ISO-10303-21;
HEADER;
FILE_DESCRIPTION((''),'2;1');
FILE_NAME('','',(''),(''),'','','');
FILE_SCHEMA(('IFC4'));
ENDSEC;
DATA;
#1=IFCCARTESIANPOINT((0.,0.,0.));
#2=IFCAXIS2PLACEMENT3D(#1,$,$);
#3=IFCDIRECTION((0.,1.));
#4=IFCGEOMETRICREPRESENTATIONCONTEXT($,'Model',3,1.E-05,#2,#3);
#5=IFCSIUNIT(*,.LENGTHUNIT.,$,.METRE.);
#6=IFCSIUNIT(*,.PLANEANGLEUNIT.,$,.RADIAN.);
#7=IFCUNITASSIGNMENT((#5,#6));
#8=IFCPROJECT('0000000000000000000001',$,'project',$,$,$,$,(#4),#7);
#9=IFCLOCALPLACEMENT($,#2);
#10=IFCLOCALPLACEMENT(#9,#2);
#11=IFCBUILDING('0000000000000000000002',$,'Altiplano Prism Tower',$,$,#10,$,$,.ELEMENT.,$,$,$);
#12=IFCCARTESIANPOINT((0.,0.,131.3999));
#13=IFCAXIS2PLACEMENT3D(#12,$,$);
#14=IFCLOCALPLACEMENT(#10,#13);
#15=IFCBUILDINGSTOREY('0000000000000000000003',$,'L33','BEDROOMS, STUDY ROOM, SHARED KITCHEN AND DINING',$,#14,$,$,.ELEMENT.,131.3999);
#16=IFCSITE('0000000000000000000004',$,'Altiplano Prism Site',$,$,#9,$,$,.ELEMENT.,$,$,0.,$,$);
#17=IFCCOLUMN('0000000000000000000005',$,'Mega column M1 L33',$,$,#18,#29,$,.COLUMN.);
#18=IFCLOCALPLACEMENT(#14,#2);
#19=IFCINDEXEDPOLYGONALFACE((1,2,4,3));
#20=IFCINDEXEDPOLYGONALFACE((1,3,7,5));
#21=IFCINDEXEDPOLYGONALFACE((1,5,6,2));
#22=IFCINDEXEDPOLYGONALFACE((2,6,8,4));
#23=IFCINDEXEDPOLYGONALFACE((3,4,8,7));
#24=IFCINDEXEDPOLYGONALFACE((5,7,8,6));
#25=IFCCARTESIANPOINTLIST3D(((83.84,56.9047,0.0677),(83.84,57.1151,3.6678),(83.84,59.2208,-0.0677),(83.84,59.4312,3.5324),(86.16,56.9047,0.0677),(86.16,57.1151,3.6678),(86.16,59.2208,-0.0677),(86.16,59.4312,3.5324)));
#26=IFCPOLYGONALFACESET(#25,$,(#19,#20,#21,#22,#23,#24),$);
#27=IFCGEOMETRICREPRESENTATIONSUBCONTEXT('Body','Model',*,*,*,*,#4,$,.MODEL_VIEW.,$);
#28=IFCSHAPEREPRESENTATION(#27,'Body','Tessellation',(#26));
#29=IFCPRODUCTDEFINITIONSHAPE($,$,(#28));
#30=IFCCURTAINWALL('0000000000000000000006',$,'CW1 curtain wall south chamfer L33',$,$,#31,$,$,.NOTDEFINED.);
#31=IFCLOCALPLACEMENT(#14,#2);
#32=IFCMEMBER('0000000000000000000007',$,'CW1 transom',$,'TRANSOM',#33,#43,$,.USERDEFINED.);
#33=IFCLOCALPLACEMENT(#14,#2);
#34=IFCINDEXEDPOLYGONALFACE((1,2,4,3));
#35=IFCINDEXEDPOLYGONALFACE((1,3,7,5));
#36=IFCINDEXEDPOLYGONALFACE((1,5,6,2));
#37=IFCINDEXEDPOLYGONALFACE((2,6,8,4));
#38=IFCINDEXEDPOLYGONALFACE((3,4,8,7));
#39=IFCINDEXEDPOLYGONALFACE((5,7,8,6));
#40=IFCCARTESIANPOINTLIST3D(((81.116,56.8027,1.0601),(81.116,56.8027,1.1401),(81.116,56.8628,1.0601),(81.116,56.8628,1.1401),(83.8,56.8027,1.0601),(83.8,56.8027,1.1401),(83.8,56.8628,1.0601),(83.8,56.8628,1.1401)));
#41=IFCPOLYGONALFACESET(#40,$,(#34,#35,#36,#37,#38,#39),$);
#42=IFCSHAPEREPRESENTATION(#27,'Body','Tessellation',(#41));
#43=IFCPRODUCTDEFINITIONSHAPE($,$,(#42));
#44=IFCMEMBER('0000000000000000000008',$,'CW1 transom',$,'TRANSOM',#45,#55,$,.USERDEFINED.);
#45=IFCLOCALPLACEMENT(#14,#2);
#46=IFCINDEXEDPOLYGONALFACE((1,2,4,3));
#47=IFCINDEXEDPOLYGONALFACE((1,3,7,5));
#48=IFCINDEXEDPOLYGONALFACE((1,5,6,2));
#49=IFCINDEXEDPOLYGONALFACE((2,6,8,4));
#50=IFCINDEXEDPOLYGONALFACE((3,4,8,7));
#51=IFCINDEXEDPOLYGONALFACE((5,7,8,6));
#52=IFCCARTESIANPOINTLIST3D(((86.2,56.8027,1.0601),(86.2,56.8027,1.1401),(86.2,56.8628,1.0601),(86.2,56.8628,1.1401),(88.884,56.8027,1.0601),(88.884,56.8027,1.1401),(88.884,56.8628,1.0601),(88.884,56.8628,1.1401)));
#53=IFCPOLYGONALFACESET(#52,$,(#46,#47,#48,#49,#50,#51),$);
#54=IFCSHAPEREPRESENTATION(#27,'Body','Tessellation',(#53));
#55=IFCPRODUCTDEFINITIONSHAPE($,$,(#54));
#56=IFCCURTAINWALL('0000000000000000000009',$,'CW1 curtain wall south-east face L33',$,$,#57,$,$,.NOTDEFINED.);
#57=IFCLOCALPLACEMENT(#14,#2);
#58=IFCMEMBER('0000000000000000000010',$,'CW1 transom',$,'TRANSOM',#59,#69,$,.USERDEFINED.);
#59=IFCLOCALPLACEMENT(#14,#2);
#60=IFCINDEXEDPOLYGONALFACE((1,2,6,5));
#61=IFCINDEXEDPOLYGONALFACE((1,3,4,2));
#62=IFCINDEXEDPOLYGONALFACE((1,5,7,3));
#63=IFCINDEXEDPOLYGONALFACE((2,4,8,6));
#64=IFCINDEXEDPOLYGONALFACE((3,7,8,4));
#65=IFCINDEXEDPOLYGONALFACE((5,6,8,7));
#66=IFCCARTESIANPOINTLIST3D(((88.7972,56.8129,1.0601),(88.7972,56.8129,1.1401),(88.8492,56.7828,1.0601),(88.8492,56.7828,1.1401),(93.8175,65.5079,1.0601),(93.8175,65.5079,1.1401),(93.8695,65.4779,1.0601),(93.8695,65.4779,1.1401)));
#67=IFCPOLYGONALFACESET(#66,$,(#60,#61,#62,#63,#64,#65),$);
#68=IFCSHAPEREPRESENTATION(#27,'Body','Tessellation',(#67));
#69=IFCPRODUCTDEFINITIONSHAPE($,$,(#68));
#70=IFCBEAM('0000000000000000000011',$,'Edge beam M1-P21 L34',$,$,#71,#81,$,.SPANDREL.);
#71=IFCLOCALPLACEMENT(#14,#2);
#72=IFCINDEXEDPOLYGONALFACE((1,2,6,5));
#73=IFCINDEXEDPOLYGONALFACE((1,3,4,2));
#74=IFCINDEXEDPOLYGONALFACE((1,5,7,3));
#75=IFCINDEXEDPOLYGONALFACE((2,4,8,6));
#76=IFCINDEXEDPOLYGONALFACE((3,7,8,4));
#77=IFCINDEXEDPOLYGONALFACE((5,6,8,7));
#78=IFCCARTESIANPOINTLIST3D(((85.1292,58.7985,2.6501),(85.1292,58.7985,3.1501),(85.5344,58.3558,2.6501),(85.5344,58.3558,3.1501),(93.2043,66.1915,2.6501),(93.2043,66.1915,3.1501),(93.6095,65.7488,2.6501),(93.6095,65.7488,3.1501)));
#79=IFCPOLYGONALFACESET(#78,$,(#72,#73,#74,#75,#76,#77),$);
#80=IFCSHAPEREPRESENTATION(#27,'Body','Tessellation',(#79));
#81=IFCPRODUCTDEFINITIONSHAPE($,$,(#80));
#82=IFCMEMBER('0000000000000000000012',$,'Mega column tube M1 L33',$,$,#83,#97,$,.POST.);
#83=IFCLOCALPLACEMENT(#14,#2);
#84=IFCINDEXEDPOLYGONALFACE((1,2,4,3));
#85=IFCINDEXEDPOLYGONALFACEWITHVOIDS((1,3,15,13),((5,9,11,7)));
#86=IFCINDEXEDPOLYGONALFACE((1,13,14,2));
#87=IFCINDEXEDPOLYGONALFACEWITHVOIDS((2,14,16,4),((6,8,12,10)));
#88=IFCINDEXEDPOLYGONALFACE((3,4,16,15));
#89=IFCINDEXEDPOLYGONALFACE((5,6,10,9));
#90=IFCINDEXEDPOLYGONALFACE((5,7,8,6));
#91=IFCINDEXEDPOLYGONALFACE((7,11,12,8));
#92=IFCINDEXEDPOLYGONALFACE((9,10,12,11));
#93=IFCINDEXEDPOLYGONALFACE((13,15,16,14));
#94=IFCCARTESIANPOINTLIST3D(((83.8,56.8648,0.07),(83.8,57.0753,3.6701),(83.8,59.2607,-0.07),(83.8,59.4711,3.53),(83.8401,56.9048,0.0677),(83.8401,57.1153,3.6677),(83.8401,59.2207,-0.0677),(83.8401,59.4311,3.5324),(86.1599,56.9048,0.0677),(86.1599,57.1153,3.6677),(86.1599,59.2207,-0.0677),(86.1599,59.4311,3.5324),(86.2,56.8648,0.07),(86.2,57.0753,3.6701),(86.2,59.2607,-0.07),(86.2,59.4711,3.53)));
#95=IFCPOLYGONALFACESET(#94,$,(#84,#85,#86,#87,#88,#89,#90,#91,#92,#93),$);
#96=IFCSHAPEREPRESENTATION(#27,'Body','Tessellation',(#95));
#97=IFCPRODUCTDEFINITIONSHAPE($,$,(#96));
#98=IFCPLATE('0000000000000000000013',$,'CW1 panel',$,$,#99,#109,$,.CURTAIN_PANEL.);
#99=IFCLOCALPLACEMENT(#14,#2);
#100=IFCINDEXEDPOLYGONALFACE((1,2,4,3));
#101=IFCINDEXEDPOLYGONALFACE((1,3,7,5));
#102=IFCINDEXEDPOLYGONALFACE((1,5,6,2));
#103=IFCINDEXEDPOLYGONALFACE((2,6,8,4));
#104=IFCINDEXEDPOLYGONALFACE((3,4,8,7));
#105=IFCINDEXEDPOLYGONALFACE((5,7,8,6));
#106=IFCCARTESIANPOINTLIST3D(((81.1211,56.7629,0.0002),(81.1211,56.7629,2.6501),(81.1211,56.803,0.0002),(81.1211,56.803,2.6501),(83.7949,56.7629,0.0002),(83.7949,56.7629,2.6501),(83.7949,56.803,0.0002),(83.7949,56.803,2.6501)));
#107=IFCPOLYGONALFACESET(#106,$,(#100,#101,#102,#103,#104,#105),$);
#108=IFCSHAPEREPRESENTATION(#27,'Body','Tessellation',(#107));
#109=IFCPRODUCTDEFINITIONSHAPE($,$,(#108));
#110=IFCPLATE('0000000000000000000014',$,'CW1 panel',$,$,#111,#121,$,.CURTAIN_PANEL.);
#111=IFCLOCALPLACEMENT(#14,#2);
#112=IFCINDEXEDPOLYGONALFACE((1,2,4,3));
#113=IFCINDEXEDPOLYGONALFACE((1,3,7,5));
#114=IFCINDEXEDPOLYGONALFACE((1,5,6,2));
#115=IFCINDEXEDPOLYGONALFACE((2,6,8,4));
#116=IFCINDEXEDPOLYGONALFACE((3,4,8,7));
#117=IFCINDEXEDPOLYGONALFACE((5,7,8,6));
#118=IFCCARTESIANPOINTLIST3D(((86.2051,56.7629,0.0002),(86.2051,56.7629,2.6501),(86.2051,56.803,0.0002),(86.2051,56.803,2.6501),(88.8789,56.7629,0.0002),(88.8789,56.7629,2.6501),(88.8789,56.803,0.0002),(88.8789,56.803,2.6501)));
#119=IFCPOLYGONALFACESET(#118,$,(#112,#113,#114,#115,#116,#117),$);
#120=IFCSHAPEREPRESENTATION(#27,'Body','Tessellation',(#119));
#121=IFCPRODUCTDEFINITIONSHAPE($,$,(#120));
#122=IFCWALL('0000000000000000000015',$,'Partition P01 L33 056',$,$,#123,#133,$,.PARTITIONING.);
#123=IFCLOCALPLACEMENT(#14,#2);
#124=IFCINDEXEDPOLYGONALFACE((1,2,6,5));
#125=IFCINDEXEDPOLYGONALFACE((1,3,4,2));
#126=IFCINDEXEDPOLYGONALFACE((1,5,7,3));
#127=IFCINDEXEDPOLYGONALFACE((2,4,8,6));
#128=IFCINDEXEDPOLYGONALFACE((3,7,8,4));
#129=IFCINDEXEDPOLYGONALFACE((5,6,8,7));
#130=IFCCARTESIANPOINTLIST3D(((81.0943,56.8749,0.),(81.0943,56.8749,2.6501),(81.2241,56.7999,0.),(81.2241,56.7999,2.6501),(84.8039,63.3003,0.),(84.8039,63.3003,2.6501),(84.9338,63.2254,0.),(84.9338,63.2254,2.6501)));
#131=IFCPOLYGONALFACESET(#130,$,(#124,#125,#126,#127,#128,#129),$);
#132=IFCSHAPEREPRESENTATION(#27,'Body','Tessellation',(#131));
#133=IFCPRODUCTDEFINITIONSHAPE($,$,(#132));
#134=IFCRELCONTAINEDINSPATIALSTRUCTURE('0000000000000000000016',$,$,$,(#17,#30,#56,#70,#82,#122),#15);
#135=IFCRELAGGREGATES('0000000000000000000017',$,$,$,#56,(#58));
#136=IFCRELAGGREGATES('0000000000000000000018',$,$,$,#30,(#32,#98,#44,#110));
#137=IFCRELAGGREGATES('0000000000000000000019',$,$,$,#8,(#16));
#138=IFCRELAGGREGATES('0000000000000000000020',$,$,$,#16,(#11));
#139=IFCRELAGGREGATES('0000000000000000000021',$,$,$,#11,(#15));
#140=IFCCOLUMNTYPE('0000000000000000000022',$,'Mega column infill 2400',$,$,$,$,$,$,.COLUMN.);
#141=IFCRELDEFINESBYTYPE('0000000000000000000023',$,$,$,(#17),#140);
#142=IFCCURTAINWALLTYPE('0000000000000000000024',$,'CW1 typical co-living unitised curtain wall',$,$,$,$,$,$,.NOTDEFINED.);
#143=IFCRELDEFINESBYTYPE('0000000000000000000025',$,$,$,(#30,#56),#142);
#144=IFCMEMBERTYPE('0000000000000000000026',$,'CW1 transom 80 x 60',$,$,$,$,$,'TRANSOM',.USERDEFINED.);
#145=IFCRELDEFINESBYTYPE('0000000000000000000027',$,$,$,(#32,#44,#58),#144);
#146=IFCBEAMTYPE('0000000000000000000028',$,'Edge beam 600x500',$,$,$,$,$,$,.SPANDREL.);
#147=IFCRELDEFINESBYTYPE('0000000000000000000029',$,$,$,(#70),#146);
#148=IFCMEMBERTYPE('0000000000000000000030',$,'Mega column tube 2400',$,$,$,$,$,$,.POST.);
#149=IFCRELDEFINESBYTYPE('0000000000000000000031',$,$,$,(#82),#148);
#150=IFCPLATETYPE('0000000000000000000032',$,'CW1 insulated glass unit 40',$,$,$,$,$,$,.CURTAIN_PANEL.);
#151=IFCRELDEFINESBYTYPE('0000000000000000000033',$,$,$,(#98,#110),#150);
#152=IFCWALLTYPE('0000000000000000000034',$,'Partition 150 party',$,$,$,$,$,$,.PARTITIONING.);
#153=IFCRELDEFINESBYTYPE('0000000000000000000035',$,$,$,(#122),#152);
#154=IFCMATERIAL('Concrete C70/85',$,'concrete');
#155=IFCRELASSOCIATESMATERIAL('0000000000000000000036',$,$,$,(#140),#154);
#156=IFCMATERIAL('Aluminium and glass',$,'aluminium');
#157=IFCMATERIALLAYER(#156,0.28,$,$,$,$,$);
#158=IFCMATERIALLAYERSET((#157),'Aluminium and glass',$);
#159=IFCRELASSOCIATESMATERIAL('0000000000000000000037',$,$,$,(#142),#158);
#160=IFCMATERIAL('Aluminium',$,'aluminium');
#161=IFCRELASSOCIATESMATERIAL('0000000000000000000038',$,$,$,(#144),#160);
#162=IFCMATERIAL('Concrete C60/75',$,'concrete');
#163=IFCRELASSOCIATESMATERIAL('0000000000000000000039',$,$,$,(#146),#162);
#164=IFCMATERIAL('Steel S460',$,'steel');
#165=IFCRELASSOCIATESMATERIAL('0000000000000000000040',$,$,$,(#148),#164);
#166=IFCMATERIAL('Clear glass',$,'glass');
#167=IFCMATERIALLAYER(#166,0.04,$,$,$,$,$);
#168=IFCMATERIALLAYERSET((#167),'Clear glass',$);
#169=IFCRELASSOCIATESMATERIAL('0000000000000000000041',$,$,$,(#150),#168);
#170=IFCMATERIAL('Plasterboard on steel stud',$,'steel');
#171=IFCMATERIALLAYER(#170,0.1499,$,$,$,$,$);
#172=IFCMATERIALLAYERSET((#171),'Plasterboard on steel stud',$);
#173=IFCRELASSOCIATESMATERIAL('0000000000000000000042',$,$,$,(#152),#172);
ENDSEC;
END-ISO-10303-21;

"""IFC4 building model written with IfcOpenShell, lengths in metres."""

from ifc_helpers import new_model, si_unit, direction, frame, frame_2d, origin, origin_2d, place, context, subcontext, project, spatial, rectangle, hollow_rectangle, extrude, material, layer, layer_set, material_profile, profile_set, type_object, element, aggregate, save


model = new_model("IFC4")

# Units and contexts
model_context = context("Model", 3, precision=1e-05, world=origin(), true_north=direction((0.0, 1.0)))
body_context = subcontext(model_context, "Body", "Model", "MODEL_VIEW")
ifc_project = project(units=[si_unit("LENGTHUNIT", "METRE"), si_unit("PLANEANGLEUNIT", "RADIAN")], contexts=[model_context])

# Site, building, storey
site_placement = place(None, origin())
site = spatial("IfcSite", under=ifc_project, at=site_placement, Name="Altiplano Prism Site", CompositionType="ELEMENT", RefElevation=0.0)
building_placement = place(site_placement, origin())
building = spatial("IfcBuilding", under=site, at=building_placement, Name="Altiplano Prism Tower", CompositionType="ELEMENT")
storey_placement = place(building_placement, frame((0.0, 0.0, 131.3999)))
storey = spatial("IfcBuildingStorey", under=building, at=storey_placement, Name="L33", Description="BEDROOMS, STUDY ROOM, SHARED KITCHEN AND DINING", CompositionType="ELEMENT", Elevation=131.3999)

# Column
ifc_material_1 = material(Name="Concrete C70/85", Category="concrete")
ifc_material_profile_1 = material_profile(ifc_material_1, rectangle(XDim=2.3201, YDim=2.3201, at=origin_2d()), Name="Mega column infill 2400")
ifc_profile_set_1 = profile_set([ifc_material_profile_1], Name="Concrete C70/85")
column_type = type_object("IfcColumnType", Name="Mega column infill 2400", PredefinedType="COLUMN", material=ifc_profile_set_1)
column_placement = place(storey_placement, frame((85.0, 58.0627, 0.0), z_axis=(0.0, 0.058357, 0.998296), x_axis=(-1.0, 0.0, 0.0)))
element("IfcColumn", 1, at=column_placement, inside=storey, type_object=column_type, Name="Mega column M1 L33", PredefinedType="COLUMN", context=body_context, shape_type="SweptSolid", body=[
    extrude(rectangle(XDim=2.3201, YDim=2.3201, at=origin_2d()), origin(), (0.0, 0.0, 1.0), 3.6062),
])

# Curtain wall, members
ifc_material_2 = material(Name="Aluminium and glass", Category="aluminium")
ifc_layer_1 = layer(ifc_material_2, 0.28)
ifc_layer_set_1 = layer_set([ifc_layer_1], Name="Aluminium and glass")
curtain_wall_type = type_object("IfcCurtainWallType", Name="CW1 typical co-living unitised curtain wall", PredefinedType="NOTDEFINED", material=ifc_layer_set_1)
curtain_wall_1_placement = place(storey_placement, origin())
curtain_wall_1 = element("IfcCurtainWall", 2, at=curtain_wall_1_placement, inside=storey, type_object=curtain_wall_type, Name="CW1 curtain wall south chamfer L33", PredefinedType="NOTDEFINED")
ifc_material_3 = material(Name="Aluminium", Category="aluminium")
ifc_material_profile_2 = material_profile(ifc_material_3, rectangle(XDim=0.0601, YDim=0.0801, at=origin_2d()), Name="CW1 transom 80 x 60")
ifc_profile_set_2 = profile_set([ifc_material_profile_2], Name="Aluminium")
member_type_1 = type_object("IfcMemberType", Name="CW1 transom 80 x 60", ElementType="TRANSOM", PredefinedType="USERDEFINED", material=ifc_profile_set_2)
member_1_placement = place(storey_placement, frame((81.116, 56.8328, 1.1001), z_axis=(1.0, 0.0, 0.0), x_axis=(0.0, 1.0, 0.0)))
member_1 = element("IfcMember", 3, at=member_1_placement, type_object=member_type_1, Name="CW1 transom", ObjectType="TRANSOM", PredefinedType="USERDEFINED", context=body_context, shape_type="SweptSolid", body=[
    extrude(rectangle(XDim=0.0601, YDim=0.0801, at=origin_2d()), origin(), (0.0, 0.0, 1.0), 2.6841),
])
member_2_placement = place(storey_placement, frame((86.2, 56.8328, 1.1001), z_axis=(1.0, 0.0, 0.0), x_axis=(0.0, 1.0, 0.0)))
member_2 = element("IfcMember", 4, at=member_2_placement, type_object=member_type_1, Name="CW1 transom", ObjectType="TRANSOM", PredefinedType="USERDEFINED", context=body_context, shape_type="SweptSolid", body=[
    extrude(rectangle(XDim=0.0601, YDim=0.0801, at=origin_2d()), origin(), (0.0, 0.0, 1.0), 2.6841),
])

# Curtain wall, member
curtain_wall_2_placement = place(storey_placement, origin())
curtain_wall_2 = element("IfcCurtainWall", 5, at=curtain_wall_2_placement, inside=storey, type_object=curtain_wall_type, Name="CW1 curtain wall south-east face L33", PredefinedType="NOTDEFINED")
member_3_placement = place(storey_placement, frame((88.8232, 56.7979, 1.1001), z_axis=(0.500012, 0.866018, 0.0), x_axis=(-0.866018, 0.500012, 0.0)))
member_3 = element("IfcMember", 6, at=member_3_placement, type_object=member_type_1, Name="CW1 transom", ObjectType="TRANSOM", PredefinedType="USERDEFINED", context=body_context, shape_type="SweptSolid", body=[
    extrude(rectangle(XDim=0.0601, YDim=0.0801, at=origin_2d()), origin(), (0.0, 0.0, 1.0), 10.0403),
])
aggregate(curtain_wall_2, [member_3])

# Beam
ifc_material_4 = material(Name="Concrete C60/75", Category="concrete")
ifc_material_profile_3 = material_profile(ifc_material_4, rectangle(XDim=0.6001, YDim=0.5, at=origin_2d()), Name="Edge beam 600x500")
ifc_profile_set_3 = profile_set([ifc_material_profile_3], Name="Concrete C60/75")
beam_type = type_object("IfcBeamType", Name="Edge beam 600x500", PredefinedType="SPANDREL", material=ifc_profile_set_3)
beam_placement = place(storey_placement, frame((85.3318, 58.5771, 2.9001), z_axis=(0.737572, 0.675268, 0.0), x_axis=(-0.675268, 0.737572, 0.0)))
element("IfcBeam", 7, at=beam_placement, inside=storey, type_object=beam_type, Name="Edge beam M1-P21 L34", PredefinedType="SPANDREL", context=body_context, shape_type="SweptSolid", body=[
    extrude(rectangle(XDim=0.6001, YDim=0.5, at=origin_2d()), origin(), (0.0, 0.0, 1.0), 10.9482),
])

# Member
ifc_material_5 = material(Name="Steel S460", Category="steel")
ifc_material_profile_4 = material_profile(ifc_material_5, hollow_rectangle(XDim=2.3999, YDim=2.3999, WallThickness=0.04, at=origin_2d()), Name="Mega column tube 2400")
ifc_profile_set_4 = profile_set([ifc_material_profile_4], Name="Steel S460")
member_type_2 = type_object("IfcMemberType", Name="Mega column tube 2400", PredefinedType="POST", material=ifc_profile_set_4)
member_4_placement = place(storey_placement, frame((85.0, 58.0627, 0.0), z_axis=(0.0, 0.058357, 0.998296), x_axis=(-1.0, 0.0, 0.0)))
element("IfcMember", 8, at=member_4_placement, inside=storey, type_object=member_type_2, Name="Mega column tube M1 L33", PredefinedType="POST", context=body_context, shape_type="SweptSolid", body=[
    extrude(hollow_rectangle(XDim=2.3999, YDim=2.3999, WallThickness=0.04, at=origin_2d()), origin(), (0.0, 0.0, 1.0), 3.6062),
])

# Plates
ifc_material_6 = material(Name="Clear glass", Category="glass")
ifc_layer_2 = layer(ifc_material_6, 0.04)
ifc_layer_set_2 = layer_set([ifc_layer_2], Name="Clear glass")
plate_type = type_object("IfcPlateType", Name="CW1 insulated glass unit 40", PredefinedType="CURTAIN_PANEL", material=ifc_layer_set_2)
plate_1_placement = place(storey_placement, frame((82.458, 56.783, 0.0002), z_axis=(0.0, 0.0, 1.0), x_axis=(1.0, 0.0, 0.0)))
plate_1 = element("IfcPlate", 9, at=plate_1_placement, type_object=plate_type, Name="CW1 panel", PredefinedType="CURTAIN_PANEL", context=body_context, shape_type="SweptSolid", body=[
    extrude(rectangle(XDim=2.6738, YDim=0.04, at=origin_2d()), origin(), (0.0, 0.0, 1.0), 2.6499),
])
plate_2_placement = place(storey_placement, frame((87.542, 56.783, 0.0002), z_axis=(0.0, 0.0, 1.0), x_axis=(1.0, 0.0, 0.0)))
plate_2 = element("IfcPlate", 10, at=plate_2_placement, type_object=plate_type, Name="CW1 panel", PredefinedType="CURTAIN_PANEL", context=body_context, shape_type="SweptSolid", body=[
    extrude(rectangle(XDim=2.6738, YDim=0.04, at=origin_2d()), origin(), (0.0, 0.0, 1.0), 2.6499),
])
aggregate(curtain_wall_1, [member_1, plate_1, member_2, plate_2])

# Wall
ifc_material_7 = material(Name="Plasterboard on steel stud", Category="steel")
ifc_layer_3 = layer(ifc_material_7, 0.1499)
ifc_layer_set_3 = layer_set([ifc_layer_3], Name="Plasterboard on steel stud")
wall_type = type_object("IfcWallType", Name="Partition 150 party", PredefinedType="PARTITIONING", material=ifc_layer_set_3)
wall_placement = place(storey_placement, frame((81.1592, 56.8374, 0.0), z_axis=(0.0, 0.0, 1.0), x_axis=(0.499993, 0.866029, 0.0)))
element("IfcWall", 11, at=wall_placement, inside=storey, type_object=wall_type, Name="Partition P01 L33 056", PredefinedType="PARTITIONING", context=body_context, shape_type="SweptSolid", body=[
    extrude(rectangle(XDim=7.4194, YDim=0.1499, at=frame_2d((3.7097, 0.0))), origin(), (0.0, 0.0, 1.0), 2.6501),
])

save(model, "model.ifc")
